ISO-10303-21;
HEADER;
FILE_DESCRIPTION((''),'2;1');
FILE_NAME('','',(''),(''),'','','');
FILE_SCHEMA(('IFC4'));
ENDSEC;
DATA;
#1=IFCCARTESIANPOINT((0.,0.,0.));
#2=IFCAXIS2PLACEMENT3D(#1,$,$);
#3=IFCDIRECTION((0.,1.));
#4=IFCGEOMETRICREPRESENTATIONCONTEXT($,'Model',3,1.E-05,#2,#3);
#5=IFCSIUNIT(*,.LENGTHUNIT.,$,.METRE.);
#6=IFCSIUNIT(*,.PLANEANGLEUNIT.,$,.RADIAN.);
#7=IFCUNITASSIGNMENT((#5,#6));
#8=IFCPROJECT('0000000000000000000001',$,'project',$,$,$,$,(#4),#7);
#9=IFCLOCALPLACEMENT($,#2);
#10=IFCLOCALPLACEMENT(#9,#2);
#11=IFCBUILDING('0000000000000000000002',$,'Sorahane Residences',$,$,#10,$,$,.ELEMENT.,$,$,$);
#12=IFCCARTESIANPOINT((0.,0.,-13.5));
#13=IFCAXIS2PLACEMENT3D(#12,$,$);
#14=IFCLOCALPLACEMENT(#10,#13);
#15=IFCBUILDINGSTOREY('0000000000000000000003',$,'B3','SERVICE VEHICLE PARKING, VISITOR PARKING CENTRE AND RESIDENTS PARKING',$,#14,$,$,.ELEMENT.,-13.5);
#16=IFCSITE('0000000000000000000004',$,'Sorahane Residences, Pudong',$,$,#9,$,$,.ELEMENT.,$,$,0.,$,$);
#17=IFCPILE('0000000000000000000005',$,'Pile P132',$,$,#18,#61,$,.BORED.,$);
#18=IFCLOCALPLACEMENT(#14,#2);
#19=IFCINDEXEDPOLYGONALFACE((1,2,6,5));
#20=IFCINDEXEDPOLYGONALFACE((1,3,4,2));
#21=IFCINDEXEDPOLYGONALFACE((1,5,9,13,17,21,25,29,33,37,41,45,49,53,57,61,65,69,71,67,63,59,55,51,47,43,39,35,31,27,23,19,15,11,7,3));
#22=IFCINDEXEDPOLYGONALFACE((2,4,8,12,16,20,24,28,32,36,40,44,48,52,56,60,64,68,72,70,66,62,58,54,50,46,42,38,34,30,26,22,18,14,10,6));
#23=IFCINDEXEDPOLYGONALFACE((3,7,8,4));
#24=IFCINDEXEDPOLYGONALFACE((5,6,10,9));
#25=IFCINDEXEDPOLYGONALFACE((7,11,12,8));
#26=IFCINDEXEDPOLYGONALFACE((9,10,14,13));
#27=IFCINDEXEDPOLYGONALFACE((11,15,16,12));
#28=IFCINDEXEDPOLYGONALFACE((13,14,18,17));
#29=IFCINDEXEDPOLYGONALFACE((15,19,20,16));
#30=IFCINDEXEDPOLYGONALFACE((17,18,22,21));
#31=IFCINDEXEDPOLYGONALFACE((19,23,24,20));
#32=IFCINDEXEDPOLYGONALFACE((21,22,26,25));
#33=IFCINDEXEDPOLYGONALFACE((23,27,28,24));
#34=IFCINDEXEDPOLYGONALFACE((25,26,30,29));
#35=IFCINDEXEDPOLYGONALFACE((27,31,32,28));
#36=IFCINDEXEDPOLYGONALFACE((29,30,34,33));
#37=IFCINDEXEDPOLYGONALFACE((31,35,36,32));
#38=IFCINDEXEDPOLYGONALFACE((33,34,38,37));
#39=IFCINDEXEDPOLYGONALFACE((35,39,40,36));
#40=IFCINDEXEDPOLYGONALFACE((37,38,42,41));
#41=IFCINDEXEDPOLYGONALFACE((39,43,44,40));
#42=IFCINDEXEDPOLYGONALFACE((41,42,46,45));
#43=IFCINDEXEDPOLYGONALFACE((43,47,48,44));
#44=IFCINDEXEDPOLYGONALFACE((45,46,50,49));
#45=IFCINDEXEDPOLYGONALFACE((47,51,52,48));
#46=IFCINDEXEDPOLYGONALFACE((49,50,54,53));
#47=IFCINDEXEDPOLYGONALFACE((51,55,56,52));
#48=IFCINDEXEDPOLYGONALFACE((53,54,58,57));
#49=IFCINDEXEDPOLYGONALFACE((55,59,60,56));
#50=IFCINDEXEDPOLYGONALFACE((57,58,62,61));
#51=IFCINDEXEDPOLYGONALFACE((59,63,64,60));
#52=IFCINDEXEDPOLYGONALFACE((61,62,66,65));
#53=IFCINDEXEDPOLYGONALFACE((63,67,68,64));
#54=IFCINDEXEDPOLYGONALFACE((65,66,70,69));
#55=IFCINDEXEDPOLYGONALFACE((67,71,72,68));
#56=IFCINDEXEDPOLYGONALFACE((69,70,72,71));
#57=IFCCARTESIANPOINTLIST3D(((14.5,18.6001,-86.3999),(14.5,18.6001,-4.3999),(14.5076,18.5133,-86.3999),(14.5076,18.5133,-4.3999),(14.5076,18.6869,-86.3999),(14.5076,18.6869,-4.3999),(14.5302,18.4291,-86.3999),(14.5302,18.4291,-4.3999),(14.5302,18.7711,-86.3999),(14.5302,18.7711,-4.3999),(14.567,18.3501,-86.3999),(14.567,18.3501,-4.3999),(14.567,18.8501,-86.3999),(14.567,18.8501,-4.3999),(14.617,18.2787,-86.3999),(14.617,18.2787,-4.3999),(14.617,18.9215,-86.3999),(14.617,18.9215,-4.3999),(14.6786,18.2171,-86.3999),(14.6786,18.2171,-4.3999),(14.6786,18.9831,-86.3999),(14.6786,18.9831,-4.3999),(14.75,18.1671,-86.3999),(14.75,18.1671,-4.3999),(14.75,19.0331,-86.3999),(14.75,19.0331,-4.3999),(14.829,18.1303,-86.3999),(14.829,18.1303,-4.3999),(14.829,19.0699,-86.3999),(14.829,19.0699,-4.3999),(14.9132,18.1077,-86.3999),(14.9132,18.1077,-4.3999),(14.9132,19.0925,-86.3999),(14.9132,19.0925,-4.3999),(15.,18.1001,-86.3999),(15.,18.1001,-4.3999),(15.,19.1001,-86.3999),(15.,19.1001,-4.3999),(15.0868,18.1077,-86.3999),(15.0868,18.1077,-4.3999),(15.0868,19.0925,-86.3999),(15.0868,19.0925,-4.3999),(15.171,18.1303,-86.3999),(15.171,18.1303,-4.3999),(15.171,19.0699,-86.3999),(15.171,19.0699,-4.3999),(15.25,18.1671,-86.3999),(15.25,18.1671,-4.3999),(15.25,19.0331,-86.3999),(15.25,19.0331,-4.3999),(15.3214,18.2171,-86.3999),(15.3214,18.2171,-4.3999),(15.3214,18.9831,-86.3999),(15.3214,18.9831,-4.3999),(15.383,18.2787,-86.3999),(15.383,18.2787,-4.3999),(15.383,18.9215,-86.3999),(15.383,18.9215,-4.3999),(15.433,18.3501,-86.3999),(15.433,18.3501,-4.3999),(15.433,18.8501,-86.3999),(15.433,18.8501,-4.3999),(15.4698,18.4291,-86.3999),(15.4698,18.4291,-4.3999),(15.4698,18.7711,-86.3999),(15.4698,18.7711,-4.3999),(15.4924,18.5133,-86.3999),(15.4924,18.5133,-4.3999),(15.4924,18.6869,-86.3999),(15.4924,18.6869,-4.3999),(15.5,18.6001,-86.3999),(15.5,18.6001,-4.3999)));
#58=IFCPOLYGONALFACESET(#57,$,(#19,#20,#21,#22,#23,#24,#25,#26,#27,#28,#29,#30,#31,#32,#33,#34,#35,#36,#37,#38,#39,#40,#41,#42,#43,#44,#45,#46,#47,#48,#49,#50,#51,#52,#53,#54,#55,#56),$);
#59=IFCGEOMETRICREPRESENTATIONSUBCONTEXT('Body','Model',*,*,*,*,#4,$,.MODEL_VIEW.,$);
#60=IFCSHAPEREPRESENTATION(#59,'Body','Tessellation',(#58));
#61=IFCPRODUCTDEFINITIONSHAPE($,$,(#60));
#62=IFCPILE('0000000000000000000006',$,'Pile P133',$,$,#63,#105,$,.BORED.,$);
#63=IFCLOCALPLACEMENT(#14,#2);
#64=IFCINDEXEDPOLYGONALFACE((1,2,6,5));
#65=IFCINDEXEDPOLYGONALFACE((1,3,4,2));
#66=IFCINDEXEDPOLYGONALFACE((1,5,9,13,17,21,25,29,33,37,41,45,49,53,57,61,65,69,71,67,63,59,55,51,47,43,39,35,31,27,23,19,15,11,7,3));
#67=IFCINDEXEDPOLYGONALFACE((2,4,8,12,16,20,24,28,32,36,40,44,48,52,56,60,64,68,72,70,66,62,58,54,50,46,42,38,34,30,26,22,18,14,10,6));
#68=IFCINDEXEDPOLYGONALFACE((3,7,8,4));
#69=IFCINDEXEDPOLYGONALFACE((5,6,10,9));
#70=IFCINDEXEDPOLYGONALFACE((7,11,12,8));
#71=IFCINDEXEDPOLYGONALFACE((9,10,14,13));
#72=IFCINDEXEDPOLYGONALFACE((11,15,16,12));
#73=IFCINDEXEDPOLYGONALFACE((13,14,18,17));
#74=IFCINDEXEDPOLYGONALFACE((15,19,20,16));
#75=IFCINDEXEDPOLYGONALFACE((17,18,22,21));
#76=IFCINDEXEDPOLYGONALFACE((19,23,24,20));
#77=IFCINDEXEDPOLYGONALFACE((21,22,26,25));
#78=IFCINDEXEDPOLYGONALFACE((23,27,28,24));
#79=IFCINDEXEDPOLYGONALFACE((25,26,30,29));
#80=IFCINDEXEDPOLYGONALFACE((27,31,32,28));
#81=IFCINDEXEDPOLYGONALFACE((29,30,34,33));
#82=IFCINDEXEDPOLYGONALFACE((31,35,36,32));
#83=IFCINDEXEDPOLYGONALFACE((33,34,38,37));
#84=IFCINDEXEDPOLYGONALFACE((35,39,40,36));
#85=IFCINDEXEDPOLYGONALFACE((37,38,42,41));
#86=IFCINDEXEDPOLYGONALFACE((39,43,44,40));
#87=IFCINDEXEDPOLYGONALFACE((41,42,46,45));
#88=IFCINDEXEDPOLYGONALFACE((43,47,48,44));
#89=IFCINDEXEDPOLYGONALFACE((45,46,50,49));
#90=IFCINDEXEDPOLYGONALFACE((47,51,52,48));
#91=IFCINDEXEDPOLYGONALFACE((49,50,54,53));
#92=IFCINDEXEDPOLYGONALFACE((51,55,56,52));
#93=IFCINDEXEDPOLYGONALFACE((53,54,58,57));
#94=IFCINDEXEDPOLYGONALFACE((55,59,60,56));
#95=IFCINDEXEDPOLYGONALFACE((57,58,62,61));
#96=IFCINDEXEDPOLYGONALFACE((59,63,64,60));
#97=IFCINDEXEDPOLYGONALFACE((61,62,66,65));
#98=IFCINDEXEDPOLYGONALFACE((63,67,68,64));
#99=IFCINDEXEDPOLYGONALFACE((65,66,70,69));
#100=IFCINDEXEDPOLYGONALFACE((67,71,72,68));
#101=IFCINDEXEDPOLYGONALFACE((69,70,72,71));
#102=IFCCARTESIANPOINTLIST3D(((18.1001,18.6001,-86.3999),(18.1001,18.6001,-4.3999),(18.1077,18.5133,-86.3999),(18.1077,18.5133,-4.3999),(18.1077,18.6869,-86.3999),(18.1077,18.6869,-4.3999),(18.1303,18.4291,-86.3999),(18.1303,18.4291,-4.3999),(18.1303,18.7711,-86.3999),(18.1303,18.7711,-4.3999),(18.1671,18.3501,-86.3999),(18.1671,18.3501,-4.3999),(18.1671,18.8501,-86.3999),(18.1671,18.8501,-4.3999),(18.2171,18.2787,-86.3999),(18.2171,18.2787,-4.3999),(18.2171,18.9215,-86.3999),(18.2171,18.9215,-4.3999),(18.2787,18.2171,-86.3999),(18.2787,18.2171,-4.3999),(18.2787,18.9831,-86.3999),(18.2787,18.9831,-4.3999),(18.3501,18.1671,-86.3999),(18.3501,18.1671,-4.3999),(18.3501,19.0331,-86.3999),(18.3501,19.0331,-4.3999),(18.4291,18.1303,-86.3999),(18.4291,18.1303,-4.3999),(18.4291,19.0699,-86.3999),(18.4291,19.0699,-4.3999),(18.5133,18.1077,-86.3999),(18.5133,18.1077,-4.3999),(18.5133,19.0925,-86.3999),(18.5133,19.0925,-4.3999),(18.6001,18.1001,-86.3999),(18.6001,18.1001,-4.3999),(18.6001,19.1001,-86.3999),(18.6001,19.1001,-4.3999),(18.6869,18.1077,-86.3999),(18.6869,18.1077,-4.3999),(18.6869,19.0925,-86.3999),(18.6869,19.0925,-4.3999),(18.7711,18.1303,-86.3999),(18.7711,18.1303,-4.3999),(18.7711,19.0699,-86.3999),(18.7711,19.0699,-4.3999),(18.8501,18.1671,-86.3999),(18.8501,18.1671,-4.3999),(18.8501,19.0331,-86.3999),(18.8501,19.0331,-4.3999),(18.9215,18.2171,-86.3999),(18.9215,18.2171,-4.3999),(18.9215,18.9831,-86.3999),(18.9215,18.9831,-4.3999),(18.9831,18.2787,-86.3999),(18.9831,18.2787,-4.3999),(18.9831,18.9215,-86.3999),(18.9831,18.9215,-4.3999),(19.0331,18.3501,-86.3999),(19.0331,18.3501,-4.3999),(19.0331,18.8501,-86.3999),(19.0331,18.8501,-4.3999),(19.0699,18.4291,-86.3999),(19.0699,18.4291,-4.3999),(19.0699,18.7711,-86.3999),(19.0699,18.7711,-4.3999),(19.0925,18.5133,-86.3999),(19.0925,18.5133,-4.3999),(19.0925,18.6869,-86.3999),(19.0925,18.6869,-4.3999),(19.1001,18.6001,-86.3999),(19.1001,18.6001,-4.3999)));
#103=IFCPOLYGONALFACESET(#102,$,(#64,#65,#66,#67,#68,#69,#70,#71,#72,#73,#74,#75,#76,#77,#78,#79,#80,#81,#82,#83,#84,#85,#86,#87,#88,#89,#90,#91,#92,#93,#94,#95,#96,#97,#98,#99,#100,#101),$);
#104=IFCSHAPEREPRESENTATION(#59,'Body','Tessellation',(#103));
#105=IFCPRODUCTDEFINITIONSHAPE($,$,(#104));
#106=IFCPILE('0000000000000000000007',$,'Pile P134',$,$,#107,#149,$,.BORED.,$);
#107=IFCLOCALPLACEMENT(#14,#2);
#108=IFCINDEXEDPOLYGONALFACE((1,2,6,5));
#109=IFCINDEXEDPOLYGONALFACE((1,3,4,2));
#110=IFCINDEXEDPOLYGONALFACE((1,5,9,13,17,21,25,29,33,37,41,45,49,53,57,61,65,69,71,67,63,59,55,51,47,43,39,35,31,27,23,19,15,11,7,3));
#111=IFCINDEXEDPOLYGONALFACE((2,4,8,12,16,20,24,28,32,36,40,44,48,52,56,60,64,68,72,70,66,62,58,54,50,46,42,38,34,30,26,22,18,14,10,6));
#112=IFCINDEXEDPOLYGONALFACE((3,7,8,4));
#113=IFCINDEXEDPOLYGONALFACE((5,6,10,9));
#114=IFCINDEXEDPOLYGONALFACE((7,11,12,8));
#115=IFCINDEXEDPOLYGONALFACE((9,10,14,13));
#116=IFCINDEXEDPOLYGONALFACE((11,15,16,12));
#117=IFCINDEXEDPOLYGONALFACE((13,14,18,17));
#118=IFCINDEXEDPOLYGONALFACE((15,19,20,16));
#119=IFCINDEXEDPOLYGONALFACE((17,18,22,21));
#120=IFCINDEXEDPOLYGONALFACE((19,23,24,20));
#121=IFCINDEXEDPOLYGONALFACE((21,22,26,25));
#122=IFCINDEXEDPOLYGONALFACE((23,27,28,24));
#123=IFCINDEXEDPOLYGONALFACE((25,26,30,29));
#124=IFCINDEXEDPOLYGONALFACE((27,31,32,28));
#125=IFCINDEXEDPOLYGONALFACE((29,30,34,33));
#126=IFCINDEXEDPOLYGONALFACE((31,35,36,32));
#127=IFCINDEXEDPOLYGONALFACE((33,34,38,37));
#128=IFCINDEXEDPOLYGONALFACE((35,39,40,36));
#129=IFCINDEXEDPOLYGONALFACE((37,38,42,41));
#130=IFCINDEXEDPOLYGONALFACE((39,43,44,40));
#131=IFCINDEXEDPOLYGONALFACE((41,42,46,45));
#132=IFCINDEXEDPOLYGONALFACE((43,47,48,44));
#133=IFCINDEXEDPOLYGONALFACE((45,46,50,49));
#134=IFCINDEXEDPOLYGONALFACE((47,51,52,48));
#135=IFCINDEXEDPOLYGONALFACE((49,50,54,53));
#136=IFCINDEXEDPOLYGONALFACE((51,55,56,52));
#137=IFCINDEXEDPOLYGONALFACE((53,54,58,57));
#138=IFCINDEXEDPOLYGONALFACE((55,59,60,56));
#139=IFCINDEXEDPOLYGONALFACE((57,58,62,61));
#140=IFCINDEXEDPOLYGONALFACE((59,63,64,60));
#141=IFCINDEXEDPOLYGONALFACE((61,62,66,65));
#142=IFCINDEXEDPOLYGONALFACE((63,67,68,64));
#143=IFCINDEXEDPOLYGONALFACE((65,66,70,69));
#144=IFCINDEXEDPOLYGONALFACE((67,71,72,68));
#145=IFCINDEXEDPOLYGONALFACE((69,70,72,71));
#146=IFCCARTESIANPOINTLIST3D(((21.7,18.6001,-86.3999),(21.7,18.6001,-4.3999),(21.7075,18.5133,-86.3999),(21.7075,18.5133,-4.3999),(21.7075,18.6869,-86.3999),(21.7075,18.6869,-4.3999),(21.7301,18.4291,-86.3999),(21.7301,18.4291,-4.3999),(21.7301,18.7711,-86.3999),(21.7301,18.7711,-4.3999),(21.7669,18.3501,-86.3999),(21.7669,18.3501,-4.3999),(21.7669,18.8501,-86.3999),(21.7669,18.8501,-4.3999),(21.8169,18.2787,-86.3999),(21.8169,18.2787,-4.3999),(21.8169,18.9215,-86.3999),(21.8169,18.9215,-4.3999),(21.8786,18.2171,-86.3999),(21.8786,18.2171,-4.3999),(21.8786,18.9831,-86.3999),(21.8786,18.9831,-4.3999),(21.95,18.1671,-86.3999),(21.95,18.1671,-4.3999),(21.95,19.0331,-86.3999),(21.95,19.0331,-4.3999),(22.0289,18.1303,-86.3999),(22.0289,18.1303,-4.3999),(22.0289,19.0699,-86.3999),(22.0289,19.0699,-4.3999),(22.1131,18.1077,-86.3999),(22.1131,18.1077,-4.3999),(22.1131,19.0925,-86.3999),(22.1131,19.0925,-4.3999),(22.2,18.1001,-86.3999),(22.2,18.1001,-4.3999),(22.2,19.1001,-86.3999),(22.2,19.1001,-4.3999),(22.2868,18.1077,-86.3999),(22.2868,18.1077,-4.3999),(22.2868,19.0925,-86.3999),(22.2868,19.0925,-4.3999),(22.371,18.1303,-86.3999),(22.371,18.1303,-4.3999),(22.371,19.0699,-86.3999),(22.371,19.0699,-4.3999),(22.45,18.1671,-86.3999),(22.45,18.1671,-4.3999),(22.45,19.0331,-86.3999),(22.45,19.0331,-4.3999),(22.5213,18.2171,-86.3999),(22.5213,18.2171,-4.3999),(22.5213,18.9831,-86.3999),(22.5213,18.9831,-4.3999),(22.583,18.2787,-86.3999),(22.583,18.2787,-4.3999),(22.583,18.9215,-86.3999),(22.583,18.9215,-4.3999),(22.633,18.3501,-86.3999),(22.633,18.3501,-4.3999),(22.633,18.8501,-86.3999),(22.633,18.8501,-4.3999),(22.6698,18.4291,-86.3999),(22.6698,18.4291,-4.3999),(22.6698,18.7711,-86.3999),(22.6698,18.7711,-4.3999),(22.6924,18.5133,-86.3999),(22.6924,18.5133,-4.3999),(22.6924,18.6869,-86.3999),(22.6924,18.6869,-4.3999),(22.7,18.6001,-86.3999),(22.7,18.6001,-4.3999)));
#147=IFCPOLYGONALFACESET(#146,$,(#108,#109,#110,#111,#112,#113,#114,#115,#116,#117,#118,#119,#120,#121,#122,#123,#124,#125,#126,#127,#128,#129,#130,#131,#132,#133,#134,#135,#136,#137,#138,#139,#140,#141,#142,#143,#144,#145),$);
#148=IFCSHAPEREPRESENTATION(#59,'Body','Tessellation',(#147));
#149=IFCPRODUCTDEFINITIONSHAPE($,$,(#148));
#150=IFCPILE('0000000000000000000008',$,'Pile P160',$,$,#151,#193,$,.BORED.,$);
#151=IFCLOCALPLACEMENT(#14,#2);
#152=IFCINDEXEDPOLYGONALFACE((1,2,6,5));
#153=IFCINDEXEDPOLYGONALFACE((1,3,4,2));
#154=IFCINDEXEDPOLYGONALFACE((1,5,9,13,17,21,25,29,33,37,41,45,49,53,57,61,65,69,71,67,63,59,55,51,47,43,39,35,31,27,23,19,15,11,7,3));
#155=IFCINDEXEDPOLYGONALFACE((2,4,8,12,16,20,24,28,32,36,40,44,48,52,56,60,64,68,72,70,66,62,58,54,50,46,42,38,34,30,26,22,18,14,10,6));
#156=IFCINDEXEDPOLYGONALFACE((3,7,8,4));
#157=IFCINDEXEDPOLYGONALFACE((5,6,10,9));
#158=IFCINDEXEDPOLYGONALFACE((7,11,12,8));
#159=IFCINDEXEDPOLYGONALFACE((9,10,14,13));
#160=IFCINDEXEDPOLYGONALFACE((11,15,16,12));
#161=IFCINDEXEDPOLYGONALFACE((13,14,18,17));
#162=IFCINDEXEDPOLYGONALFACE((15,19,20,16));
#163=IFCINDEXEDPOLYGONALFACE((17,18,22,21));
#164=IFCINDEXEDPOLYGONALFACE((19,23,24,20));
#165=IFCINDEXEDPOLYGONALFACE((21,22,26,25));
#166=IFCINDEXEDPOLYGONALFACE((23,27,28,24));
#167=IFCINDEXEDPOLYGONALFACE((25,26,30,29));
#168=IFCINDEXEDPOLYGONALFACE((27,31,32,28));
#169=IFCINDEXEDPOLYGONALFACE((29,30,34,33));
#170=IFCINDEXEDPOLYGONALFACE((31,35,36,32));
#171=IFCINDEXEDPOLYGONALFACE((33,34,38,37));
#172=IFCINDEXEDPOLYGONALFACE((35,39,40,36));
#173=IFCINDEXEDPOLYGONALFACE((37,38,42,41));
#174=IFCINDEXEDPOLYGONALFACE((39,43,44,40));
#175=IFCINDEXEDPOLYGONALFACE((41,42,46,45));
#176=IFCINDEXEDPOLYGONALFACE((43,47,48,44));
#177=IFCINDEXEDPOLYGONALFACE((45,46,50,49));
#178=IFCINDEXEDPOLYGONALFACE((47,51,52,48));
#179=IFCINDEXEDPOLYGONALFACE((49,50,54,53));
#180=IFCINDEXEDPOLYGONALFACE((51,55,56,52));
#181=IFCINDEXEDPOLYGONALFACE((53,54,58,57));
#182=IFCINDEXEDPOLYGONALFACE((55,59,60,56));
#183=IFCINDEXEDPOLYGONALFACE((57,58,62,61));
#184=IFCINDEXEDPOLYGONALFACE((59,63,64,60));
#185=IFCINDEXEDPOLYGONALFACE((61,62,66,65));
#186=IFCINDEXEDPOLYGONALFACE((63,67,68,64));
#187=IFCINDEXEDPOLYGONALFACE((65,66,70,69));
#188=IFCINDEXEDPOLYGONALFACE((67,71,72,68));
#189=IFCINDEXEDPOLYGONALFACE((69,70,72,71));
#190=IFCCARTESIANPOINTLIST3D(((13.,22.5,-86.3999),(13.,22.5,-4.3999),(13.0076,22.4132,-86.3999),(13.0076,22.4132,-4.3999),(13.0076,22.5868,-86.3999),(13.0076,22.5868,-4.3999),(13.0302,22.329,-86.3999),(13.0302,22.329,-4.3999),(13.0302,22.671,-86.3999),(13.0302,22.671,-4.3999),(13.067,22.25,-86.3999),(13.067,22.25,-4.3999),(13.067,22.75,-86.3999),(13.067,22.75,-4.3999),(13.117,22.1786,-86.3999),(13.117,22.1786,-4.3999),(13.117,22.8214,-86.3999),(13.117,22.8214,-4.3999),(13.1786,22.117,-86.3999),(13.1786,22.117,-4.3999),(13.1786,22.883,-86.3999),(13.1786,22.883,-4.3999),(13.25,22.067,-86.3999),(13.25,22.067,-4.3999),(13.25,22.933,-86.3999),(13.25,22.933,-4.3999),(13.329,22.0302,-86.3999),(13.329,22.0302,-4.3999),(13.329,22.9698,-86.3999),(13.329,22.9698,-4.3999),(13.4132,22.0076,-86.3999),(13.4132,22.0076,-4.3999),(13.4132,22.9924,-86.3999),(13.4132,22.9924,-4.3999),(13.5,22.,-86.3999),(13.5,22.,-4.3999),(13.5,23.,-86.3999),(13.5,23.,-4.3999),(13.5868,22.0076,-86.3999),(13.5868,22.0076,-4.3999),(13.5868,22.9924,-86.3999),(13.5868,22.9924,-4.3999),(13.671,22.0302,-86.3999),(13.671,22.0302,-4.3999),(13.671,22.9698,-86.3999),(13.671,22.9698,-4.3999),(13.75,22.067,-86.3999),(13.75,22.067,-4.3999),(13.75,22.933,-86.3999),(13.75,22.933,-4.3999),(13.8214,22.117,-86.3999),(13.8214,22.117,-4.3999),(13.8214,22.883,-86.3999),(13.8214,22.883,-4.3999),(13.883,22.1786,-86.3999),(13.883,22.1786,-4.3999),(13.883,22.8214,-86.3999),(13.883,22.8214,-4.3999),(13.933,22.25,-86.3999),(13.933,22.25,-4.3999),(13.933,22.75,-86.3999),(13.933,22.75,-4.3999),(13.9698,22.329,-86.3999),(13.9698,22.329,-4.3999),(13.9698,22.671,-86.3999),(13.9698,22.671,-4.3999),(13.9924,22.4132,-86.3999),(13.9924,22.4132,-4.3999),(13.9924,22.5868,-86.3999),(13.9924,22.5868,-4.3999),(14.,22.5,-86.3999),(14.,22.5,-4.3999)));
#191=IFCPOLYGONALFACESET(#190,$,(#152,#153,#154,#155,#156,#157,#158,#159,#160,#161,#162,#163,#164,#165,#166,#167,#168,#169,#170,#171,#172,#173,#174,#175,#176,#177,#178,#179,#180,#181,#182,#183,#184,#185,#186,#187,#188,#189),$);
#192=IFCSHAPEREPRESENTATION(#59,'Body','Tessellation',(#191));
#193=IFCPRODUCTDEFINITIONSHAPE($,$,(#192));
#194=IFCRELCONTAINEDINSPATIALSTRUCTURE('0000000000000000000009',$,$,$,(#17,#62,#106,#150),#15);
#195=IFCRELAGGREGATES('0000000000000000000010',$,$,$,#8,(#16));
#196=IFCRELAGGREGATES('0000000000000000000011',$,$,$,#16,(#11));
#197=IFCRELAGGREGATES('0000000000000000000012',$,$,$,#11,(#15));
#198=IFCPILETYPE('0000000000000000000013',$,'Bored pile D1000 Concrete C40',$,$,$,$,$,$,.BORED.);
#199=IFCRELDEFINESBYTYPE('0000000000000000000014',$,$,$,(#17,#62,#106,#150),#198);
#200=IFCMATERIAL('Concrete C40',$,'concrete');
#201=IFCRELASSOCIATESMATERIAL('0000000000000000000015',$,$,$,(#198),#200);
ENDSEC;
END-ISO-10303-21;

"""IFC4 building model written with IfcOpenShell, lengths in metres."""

from ifc_helpers import new_model, si_unit, direction, frame, origin, origin_2d, place, context, subcontext, project, spatial, circle, extrude, material, material_profile, profile_set, type_object, element, save


model = new_model("IFC4")

# Units and contexts
model_context = context("Model", 3, precision=1e-05, world=origin(), true_north=direction((0.0, 1.0)))
body_context = subcontext(model_context, "Body", "Model", "MODEL_VIEW")
ifc_project = project(units=[si_unit("LENGTHUNIT", "METRE"), si_unit("PLANEANGLEUNIT", "RADIAN")], contexts=[model_context])

# Site, building, storey
site_placement = place(None, origin())
site = spatial("IfcSite", under=ifc_project, at=site_placement, Name="Sorahane Residences, Pudong", CompositionType="ELEMENT", RefElevation=0.0)
building_placement = place(site_placement, origin())
building = spatial("IfcBuilding", under=site, at=building_placement, Name="Sorahane Residences", CompositionType="ELEMENT")
storey_placement = place(building_placement, frame((0.0, 0.0, -13.5)))
storey = spatial("IfcBuildingStorey", under=building, at=storey_placement, Name="B3", Description="SERVICE VEHICLE PARKING, VISITOR PARKING CENTRE AND RESIDENTS PARKING", CompositionType="ELEMENT", Elevation=-13.5)

# Piles
ifc_material_1 = material(Name="Concrete C40", Category="concrete")
ifc_material_profile_1 = material_profile(ifc_material_1, circle(Radius=0.5, at=origin_2d()), Name="D1000")
ifc_profile_set_1 = profile_set([ifc_material_profile_1], Name="Concrete C40")
pile_type = type_object("IfcPileType", Name="Bored pile D1000 Concrete C40", PredefinedType="BORED", material=ifc_profile_set_1)
for number, where, z_axis, x_axis, name in (
    (1, (15.0, 18.6001, -4.3999), (0.0, 0.0, -1.0), (1.0, 0.0, 0.0), "Pile P132"),
    (2, (18.6001, 18.6001, -4.3999), (0.0, 0.0, -1.0), (1.0, 0.0, 0.0), "Pile P133"),
    (3, (22.2, 18.6001, -4.3999), (0.0, 0.0, -1.0), (1.0, 0.0, 0.0), "Pile P134"),
    (4, (13.5, 22.5, -4.3999), (0.0, 0.0, -1.0), (1.0, 0.0, 0.0), "Pile P160"),
):
    element("IfcPile", number, at=place(storey_placement, frame(where, z_axis=z_axis, x_axis=x_axis)), inside=storey, type_object=pile_type, Name=name, PredefinedType="BORED", context=body_context, shape_type="SweptSolid", body=[
        extrude(circle(Radius=0.5, at=origin_2d()), origin(), (0.0, 0.0, 1.0), 82.0),
    ])

save(model, "model.ifc")
